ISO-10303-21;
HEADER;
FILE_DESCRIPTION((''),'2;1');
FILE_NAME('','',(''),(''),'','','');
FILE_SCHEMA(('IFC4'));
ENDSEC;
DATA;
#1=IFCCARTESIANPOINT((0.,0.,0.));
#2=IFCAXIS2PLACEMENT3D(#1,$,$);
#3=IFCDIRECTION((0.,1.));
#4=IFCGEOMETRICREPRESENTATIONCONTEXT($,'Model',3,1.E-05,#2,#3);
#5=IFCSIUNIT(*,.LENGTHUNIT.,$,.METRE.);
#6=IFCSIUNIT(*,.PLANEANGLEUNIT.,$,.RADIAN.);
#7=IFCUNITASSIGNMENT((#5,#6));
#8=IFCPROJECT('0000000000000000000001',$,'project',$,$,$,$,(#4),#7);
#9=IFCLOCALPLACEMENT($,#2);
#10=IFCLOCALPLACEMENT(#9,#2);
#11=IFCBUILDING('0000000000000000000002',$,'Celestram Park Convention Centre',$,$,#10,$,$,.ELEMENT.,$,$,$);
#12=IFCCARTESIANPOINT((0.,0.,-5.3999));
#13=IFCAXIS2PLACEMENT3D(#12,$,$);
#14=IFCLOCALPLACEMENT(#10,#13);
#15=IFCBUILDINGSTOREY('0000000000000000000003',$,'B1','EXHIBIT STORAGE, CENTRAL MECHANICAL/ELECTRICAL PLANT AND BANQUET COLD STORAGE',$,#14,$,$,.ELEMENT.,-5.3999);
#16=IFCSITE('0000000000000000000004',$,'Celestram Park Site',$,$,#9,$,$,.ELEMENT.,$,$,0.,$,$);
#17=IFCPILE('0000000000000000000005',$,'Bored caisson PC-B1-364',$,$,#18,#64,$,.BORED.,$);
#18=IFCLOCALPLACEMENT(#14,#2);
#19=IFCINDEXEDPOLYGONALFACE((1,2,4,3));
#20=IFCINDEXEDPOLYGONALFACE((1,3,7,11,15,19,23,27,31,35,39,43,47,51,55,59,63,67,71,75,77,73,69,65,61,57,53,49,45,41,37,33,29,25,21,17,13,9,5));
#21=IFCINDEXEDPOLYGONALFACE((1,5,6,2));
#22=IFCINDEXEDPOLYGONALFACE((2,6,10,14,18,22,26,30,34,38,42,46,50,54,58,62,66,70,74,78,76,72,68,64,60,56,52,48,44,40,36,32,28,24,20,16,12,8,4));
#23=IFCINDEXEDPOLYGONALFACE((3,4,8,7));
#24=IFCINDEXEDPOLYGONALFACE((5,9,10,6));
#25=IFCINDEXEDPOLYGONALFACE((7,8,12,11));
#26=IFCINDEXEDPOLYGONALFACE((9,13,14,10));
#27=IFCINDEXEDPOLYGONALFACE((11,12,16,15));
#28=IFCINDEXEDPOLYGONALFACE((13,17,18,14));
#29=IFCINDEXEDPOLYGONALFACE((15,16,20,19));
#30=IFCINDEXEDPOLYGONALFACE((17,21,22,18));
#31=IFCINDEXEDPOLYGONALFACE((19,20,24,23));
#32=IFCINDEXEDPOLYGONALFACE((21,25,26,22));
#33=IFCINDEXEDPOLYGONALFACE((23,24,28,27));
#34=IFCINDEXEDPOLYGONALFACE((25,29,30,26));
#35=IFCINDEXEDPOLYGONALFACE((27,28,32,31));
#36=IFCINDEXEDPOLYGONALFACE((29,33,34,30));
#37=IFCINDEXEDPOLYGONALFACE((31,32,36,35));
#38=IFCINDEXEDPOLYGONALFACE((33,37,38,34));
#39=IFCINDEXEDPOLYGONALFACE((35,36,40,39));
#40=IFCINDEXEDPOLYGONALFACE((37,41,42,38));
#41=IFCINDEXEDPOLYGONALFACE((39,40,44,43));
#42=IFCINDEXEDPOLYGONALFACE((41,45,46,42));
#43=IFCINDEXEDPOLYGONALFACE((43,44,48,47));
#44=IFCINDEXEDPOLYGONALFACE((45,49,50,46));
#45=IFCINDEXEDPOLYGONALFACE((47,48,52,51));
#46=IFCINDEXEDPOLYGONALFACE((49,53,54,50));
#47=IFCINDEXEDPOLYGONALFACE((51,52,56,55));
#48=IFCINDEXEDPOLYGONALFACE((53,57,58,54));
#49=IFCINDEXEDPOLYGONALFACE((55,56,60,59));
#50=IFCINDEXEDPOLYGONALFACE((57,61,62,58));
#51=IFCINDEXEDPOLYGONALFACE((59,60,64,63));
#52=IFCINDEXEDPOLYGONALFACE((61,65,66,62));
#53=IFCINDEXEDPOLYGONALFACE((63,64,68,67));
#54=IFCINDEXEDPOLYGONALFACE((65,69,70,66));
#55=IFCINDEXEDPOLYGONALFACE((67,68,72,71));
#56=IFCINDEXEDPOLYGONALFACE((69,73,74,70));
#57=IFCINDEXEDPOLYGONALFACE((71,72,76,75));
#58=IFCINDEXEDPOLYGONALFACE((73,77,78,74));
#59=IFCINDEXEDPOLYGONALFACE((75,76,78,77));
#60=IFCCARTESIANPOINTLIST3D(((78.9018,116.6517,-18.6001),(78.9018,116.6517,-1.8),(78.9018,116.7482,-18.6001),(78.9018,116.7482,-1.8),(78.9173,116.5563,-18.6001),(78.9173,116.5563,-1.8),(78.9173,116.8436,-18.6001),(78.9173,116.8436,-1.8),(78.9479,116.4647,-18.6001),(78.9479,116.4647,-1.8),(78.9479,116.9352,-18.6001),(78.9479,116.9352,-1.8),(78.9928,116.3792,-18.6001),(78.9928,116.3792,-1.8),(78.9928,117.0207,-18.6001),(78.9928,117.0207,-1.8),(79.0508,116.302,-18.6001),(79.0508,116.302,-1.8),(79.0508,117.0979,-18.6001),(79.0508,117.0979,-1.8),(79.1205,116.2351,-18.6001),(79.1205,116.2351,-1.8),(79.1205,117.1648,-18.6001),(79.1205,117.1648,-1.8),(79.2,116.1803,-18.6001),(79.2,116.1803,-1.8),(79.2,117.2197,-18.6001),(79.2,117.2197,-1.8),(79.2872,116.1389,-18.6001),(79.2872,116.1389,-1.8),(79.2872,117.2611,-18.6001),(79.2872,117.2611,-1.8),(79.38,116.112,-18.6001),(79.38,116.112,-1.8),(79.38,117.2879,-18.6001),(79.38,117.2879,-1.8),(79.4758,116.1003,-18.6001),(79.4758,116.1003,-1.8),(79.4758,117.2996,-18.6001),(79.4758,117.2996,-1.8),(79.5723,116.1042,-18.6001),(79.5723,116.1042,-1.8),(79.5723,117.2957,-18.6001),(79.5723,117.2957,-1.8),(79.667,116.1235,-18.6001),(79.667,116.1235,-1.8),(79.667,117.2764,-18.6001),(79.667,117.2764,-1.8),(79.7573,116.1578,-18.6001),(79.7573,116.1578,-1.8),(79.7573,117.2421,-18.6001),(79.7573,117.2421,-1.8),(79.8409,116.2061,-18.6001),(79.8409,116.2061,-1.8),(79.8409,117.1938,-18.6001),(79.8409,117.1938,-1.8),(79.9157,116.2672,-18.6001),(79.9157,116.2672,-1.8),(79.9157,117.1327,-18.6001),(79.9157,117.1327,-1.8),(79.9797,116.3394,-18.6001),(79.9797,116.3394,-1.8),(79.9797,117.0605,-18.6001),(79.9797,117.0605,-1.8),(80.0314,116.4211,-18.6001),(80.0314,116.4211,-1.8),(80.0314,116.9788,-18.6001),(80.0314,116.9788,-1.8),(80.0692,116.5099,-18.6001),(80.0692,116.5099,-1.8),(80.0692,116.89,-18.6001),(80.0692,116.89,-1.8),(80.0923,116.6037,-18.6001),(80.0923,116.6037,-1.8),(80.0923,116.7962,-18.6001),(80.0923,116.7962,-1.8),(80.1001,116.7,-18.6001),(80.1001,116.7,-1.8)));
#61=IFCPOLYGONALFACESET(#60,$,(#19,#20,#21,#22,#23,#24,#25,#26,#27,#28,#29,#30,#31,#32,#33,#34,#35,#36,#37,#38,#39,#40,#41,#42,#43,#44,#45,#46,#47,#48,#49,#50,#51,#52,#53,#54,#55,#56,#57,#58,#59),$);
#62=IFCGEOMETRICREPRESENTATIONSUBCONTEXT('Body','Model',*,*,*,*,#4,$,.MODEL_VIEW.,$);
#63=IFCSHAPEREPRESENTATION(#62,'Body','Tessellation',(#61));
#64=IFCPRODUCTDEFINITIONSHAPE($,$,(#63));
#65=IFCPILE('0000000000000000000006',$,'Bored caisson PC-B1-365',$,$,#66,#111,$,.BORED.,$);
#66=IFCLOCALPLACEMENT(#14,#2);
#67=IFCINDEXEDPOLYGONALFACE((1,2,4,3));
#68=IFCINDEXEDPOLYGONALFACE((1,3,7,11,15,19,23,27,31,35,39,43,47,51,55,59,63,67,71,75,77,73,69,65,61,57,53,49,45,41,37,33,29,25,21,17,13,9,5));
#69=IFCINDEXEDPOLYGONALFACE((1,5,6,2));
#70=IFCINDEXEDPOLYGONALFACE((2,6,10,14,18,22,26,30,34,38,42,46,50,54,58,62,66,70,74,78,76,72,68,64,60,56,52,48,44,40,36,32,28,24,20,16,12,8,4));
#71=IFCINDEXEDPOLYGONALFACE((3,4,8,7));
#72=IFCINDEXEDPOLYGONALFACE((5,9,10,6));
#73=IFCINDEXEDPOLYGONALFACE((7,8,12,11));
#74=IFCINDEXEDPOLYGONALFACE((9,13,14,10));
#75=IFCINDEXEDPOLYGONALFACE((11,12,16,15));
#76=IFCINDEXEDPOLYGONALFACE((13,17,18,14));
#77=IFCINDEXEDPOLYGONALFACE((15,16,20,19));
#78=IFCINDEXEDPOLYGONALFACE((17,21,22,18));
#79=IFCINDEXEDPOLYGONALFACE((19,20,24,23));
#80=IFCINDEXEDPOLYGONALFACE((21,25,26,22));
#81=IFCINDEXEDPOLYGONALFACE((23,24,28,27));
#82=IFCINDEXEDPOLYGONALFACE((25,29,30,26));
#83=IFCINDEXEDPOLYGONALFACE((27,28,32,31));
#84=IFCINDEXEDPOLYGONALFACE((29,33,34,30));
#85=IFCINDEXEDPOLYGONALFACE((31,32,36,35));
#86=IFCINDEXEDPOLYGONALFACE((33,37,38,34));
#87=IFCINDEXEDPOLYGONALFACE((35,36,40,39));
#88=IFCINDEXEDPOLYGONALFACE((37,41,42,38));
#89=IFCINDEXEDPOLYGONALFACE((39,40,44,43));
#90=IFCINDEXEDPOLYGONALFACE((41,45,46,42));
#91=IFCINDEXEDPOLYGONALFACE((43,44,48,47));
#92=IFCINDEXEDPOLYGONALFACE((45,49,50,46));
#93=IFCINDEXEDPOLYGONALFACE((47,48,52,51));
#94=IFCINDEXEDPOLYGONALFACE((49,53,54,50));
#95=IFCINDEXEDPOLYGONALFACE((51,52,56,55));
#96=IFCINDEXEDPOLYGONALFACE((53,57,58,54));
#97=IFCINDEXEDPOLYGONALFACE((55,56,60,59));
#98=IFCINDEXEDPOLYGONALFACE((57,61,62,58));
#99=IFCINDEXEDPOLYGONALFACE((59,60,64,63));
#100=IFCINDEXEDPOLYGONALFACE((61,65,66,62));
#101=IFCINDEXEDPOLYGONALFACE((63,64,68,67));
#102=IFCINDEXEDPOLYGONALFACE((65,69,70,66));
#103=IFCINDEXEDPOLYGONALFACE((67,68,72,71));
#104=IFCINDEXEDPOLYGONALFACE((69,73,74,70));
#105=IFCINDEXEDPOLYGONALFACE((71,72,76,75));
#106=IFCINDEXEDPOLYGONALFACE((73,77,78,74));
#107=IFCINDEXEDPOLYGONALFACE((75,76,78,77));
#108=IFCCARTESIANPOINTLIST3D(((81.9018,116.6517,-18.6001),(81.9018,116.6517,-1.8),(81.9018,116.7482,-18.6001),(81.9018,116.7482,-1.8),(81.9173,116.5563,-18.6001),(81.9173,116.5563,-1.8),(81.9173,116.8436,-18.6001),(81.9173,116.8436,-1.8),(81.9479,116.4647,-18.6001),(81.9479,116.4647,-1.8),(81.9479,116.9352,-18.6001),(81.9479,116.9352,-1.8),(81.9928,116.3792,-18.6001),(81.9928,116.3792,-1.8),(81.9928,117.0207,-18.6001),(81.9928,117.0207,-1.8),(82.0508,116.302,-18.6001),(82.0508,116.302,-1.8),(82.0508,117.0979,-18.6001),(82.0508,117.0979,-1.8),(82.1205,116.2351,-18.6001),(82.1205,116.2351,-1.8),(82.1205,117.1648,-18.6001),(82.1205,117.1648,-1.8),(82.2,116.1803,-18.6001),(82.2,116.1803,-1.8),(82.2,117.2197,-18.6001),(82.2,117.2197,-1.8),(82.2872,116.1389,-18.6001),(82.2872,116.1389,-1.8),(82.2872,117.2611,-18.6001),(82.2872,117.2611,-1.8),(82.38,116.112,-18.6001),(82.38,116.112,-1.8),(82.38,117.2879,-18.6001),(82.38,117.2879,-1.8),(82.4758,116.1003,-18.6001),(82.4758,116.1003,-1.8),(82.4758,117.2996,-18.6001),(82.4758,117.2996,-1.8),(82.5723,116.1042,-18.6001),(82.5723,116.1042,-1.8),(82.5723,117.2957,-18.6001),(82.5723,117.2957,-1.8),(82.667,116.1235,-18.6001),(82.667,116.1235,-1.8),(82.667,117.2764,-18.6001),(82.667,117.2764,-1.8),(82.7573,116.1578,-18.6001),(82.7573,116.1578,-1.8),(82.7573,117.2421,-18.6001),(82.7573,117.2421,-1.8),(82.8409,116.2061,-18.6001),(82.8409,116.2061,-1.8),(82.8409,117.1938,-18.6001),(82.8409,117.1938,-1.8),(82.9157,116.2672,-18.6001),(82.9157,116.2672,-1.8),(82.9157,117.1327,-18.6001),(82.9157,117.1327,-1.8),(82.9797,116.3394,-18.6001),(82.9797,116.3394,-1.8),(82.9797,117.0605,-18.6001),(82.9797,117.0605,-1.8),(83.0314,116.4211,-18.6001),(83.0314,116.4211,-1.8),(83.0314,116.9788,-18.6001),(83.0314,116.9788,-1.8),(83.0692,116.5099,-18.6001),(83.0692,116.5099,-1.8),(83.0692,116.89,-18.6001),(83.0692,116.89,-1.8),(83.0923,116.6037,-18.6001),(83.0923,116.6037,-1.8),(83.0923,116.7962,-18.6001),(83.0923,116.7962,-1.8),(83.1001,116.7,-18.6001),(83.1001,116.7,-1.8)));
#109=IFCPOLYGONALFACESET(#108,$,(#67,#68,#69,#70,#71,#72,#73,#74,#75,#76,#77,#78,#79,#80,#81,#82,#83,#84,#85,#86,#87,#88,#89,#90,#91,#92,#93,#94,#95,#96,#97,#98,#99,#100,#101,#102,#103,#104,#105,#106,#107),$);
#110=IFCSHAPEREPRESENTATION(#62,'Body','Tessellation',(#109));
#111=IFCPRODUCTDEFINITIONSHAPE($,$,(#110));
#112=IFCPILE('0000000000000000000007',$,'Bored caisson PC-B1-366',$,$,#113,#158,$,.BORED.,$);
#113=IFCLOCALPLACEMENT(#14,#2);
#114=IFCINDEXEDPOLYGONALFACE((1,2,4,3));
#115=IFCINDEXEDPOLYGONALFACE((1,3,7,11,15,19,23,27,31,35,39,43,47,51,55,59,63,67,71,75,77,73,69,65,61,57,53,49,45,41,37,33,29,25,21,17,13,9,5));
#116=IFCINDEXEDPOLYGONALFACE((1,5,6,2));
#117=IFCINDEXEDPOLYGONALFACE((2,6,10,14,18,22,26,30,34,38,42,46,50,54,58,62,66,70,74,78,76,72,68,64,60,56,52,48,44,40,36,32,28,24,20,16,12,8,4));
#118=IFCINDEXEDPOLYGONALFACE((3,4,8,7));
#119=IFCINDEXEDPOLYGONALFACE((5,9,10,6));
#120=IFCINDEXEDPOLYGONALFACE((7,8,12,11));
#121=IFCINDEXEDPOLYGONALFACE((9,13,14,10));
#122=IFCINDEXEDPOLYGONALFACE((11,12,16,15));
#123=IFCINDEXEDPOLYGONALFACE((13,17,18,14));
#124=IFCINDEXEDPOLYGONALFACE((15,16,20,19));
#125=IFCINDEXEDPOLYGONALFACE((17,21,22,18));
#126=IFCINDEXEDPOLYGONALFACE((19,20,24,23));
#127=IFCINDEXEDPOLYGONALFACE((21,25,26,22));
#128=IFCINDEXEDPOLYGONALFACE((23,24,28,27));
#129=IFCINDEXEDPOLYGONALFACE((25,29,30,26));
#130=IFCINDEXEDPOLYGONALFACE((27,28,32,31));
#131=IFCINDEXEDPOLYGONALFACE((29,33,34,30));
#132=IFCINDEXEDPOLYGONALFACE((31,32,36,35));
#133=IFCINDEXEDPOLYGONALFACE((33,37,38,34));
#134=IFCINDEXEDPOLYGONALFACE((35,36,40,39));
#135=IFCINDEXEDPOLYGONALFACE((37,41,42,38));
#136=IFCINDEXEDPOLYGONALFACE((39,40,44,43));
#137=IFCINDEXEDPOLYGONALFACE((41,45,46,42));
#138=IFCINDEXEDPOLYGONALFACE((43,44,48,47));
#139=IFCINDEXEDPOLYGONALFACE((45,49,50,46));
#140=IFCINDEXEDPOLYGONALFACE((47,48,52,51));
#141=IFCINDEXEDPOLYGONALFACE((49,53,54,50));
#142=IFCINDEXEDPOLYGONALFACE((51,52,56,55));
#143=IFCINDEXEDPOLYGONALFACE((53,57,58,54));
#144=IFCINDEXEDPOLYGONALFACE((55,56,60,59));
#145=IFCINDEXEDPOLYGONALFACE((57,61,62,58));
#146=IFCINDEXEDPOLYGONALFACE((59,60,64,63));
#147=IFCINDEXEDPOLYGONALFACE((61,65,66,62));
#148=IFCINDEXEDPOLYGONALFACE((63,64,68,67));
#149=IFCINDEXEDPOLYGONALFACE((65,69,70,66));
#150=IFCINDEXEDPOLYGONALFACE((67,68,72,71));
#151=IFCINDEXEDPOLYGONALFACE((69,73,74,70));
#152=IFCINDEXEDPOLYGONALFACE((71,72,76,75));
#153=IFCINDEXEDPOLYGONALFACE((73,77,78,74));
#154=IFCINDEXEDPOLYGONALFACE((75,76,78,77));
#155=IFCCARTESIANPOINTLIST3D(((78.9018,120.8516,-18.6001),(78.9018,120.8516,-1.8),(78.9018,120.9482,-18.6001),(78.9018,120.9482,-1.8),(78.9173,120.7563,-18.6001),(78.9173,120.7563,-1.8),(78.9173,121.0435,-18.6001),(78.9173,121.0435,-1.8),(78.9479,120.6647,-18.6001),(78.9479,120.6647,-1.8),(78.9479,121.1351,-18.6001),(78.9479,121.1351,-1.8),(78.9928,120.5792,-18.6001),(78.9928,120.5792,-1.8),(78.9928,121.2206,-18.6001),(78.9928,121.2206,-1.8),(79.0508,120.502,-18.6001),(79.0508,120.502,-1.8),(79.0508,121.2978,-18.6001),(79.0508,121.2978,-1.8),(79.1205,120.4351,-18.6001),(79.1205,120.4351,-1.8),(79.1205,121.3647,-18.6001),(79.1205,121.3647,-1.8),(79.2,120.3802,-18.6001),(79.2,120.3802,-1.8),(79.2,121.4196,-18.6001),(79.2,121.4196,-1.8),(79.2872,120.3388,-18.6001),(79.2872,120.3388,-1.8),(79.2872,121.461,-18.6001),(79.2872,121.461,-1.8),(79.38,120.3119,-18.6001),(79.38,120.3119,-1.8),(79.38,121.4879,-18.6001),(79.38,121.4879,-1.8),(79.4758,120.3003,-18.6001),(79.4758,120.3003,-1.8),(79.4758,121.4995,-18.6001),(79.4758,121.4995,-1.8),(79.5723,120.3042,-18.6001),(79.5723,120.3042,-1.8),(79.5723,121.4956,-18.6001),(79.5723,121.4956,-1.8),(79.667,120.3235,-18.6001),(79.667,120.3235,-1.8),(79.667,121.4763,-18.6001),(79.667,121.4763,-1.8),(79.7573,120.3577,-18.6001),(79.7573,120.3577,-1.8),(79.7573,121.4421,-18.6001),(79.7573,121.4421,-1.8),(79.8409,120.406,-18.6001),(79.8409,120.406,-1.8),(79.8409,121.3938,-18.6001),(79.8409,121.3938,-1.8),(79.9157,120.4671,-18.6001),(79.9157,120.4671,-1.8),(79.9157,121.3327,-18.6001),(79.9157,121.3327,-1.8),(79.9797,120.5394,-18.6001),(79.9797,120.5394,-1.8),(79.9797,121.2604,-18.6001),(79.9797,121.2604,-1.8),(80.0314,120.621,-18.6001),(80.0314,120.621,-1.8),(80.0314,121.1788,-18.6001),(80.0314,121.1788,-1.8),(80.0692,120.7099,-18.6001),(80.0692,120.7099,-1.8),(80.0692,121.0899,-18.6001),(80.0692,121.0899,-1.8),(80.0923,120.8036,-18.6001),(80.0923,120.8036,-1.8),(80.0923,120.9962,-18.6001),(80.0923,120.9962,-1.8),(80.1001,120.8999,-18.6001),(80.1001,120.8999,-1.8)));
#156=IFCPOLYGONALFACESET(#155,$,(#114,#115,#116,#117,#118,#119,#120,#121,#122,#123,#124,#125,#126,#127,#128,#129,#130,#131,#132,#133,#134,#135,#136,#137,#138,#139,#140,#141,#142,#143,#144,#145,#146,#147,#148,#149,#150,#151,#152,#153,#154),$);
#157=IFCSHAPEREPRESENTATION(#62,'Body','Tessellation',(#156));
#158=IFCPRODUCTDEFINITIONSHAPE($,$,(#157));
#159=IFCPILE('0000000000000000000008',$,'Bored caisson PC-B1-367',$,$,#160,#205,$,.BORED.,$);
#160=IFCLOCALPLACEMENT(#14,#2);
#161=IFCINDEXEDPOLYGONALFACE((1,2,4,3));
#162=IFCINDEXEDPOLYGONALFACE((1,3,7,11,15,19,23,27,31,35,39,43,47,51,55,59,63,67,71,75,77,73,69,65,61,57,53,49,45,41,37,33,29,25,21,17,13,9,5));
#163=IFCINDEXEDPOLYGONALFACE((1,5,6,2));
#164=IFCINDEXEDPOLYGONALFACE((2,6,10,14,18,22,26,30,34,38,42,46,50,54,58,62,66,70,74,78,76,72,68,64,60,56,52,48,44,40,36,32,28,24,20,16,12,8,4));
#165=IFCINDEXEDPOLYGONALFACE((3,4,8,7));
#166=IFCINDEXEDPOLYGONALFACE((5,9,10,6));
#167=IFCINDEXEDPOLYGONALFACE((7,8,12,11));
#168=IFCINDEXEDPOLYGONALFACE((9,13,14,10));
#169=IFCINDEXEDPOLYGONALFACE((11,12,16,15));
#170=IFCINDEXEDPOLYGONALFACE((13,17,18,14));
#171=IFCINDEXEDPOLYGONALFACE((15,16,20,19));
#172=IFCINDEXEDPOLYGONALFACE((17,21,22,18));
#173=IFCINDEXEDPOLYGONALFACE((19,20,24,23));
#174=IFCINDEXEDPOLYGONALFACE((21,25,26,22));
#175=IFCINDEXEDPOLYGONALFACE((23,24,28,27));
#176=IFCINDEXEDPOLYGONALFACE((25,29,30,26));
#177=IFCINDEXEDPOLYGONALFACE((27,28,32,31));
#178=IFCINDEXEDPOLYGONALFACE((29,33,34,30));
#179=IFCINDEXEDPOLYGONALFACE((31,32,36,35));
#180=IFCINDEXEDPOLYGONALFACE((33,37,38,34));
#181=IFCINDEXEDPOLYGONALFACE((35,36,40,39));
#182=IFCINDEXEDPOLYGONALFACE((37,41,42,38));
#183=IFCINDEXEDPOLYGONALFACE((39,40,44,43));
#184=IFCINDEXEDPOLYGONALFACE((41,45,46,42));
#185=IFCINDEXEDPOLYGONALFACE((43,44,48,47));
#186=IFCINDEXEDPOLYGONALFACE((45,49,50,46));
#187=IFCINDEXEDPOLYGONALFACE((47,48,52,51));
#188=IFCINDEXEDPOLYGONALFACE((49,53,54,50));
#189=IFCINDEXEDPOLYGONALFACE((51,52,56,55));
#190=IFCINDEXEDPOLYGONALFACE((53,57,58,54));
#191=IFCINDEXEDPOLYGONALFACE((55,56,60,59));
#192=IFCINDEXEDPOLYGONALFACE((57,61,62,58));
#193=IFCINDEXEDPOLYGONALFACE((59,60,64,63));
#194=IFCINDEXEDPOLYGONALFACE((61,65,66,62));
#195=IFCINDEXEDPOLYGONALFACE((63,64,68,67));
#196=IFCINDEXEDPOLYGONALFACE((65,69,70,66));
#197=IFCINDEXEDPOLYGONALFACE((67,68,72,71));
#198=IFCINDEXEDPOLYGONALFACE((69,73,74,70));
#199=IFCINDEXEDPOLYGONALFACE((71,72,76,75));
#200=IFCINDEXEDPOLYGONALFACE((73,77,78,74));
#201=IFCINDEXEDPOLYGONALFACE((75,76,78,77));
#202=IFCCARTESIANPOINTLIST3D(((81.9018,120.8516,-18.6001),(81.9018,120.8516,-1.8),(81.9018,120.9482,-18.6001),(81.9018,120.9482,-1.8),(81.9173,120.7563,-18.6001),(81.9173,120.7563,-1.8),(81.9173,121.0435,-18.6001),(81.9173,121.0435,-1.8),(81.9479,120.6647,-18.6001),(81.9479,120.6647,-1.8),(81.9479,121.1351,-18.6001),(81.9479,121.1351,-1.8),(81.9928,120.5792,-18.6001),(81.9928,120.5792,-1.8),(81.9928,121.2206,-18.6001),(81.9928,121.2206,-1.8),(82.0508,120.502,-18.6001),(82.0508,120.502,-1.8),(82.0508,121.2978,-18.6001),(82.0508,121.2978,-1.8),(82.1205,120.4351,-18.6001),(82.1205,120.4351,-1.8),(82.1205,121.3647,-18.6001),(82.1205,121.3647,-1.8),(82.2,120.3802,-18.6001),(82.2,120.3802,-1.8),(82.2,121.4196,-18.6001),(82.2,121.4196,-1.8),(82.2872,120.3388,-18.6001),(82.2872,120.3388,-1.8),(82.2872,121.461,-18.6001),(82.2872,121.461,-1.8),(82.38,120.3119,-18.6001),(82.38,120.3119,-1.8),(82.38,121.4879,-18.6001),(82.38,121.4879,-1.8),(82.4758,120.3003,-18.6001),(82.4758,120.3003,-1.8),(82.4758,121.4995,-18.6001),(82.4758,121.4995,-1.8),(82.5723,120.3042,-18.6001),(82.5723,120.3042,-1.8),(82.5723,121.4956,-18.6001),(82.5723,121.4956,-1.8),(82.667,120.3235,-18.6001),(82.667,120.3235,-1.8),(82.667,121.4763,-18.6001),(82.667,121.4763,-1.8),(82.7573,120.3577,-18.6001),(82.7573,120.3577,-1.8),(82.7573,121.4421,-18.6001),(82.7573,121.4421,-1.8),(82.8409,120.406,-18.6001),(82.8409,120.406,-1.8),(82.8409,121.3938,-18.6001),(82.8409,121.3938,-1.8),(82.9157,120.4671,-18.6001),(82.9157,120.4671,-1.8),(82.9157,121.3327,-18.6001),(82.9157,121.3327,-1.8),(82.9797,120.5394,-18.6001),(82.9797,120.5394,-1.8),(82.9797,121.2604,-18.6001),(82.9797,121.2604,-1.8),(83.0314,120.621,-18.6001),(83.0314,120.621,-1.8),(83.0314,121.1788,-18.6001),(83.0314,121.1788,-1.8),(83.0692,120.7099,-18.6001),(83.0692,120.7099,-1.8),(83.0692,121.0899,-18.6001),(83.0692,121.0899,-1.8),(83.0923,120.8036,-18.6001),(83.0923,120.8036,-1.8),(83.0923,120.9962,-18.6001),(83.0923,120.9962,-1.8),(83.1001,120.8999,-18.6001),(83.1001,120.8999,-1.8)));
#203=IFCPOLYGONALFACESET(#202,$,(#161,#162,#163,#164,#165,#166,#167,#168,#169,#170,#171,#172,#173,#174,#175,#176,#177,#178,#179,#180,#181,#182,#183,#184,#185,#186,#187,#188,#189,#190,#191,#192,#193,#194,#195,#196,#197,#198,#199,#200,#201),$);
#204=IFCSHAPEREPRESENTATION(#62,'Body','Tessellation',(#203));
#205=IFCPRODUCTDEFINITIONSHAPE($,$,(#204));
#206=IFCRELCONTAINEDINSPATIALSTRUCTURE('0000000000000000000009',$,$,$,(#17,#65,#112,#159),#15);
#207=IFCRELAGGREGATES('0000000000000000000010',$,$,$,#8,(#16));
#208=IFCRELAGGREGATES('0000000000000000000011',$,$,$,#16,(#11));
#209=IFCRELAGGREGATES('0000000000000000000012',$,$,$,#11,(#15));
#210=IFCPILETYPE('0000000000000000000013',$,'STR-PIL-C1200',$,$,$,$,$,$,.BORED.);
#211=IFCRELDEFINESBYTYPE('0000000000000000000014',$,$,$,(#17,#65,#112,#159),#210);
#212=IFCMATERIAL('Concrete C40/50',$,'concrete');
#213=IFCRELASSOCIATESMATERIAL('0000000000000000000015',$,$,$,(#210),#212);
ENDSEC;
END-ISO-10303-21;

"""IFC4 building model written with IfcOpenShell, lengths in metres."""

from ifc_helpers import new_model, si_unit, direction, frame, origin, origin_2d, place, context, subcontext, project, spatial, circle, extrude, material, material_profile, profile_set, type_object, element, save


model = new_model("IFC4")

# Units and contexts
model_context = context("Model", 3, precision=1e-05, world=origin(), true_north=direction((0.0, 1.0)))
body_context = subcontext(model_context, "Body", "Model", "MODEL_VIEW")
ifc_project = project(units=[si_unit("LENGTHUNIT", "METRE"), si_unit("PLANEANGLEUNIT", "RADIAN")], contexts=[model_context])

# Site, building, storey
site_placement = place(None, origin())
site = spatial("IfcSite", under=ifc_project, at=site_placement, Name="Celestram Park Site", CompositionType="ELEMENT", RefElevation=0.0)
building_placement = place(site_placement, origin())
building = spatial("IfcBuilding", under=site, at=building_placement, Name="Celestram Park Convention Centre", CompositionType="ELEMENT")
storey_placement = place(building_placement, frame((0.0, 0.0, -5.3999)))
storey = spatial("IfcBuildingStorey", under=building, at=storey_placement, Name="B1", Description="EXHIBIT STORAGE, CENTRAL MECHANICAL/ELECTRICAL PLANT AND BANQUET COLD STORAGE", CompositionType="ELEMENT", Elevation=-5.3999)

# Shared definitions
ifc_material_1 = material(Name="Concrete C40/50", Category="concrete")

# Piles
ifc_material_profile_1 = material_profile(ifc_material_1, circle(Radius=0.6001, at=origin_2d()), Name="CAISSON1200")
ifc_profile_set_1 = profile_set([ifc_material_profile_1], Name="Concrete C40/50")
pile_type = type_object("IfcPileType", Name="STR-PIL-C1200", PredefinedType="BORED", material=ifc_profile_set_1)
for number, where, z_axis, x_axis, name in (
    (1, (79.5, 116.7, -1.8), (0.0, 0.0, -1.0), (1.0, 0.0, 0.0), "Bored caisson PC-B1-364"),
    (2, (82.5, 116.7, -1.8), (0.0, 0.0, -1.0), (1.0, 0.0, 0.0), "Bored caisson PC-B1-365"),
    (3, (79.5, 120.8999, -1.8), (0.0, 0.0, -1.0), (1.0, 0.0, 0.0), "Bored caisson PC-B1-366"),
    (4, (82.5, 120.8999, -1.8), (0.0, 0.0, -1.0), (1.0, 0.0, 0.0), "Bored caisson PC-B1-367"),
):
    element("IfcPile", number, at=place(storey_placement, frame(where, z_axis=z_axis, x_axis=x_axis)), inside=storey, type_object=pile_type, Name=name, PredefinedType="BORED", context=body_context, shape_type="SweptSolid", body=[
        extrude(circle(Radius=0.6001, at=origin_2d()), origin(), (0.0, 0.0, 1.0), 16.8),
    ])

save(model, "model.ifc")
